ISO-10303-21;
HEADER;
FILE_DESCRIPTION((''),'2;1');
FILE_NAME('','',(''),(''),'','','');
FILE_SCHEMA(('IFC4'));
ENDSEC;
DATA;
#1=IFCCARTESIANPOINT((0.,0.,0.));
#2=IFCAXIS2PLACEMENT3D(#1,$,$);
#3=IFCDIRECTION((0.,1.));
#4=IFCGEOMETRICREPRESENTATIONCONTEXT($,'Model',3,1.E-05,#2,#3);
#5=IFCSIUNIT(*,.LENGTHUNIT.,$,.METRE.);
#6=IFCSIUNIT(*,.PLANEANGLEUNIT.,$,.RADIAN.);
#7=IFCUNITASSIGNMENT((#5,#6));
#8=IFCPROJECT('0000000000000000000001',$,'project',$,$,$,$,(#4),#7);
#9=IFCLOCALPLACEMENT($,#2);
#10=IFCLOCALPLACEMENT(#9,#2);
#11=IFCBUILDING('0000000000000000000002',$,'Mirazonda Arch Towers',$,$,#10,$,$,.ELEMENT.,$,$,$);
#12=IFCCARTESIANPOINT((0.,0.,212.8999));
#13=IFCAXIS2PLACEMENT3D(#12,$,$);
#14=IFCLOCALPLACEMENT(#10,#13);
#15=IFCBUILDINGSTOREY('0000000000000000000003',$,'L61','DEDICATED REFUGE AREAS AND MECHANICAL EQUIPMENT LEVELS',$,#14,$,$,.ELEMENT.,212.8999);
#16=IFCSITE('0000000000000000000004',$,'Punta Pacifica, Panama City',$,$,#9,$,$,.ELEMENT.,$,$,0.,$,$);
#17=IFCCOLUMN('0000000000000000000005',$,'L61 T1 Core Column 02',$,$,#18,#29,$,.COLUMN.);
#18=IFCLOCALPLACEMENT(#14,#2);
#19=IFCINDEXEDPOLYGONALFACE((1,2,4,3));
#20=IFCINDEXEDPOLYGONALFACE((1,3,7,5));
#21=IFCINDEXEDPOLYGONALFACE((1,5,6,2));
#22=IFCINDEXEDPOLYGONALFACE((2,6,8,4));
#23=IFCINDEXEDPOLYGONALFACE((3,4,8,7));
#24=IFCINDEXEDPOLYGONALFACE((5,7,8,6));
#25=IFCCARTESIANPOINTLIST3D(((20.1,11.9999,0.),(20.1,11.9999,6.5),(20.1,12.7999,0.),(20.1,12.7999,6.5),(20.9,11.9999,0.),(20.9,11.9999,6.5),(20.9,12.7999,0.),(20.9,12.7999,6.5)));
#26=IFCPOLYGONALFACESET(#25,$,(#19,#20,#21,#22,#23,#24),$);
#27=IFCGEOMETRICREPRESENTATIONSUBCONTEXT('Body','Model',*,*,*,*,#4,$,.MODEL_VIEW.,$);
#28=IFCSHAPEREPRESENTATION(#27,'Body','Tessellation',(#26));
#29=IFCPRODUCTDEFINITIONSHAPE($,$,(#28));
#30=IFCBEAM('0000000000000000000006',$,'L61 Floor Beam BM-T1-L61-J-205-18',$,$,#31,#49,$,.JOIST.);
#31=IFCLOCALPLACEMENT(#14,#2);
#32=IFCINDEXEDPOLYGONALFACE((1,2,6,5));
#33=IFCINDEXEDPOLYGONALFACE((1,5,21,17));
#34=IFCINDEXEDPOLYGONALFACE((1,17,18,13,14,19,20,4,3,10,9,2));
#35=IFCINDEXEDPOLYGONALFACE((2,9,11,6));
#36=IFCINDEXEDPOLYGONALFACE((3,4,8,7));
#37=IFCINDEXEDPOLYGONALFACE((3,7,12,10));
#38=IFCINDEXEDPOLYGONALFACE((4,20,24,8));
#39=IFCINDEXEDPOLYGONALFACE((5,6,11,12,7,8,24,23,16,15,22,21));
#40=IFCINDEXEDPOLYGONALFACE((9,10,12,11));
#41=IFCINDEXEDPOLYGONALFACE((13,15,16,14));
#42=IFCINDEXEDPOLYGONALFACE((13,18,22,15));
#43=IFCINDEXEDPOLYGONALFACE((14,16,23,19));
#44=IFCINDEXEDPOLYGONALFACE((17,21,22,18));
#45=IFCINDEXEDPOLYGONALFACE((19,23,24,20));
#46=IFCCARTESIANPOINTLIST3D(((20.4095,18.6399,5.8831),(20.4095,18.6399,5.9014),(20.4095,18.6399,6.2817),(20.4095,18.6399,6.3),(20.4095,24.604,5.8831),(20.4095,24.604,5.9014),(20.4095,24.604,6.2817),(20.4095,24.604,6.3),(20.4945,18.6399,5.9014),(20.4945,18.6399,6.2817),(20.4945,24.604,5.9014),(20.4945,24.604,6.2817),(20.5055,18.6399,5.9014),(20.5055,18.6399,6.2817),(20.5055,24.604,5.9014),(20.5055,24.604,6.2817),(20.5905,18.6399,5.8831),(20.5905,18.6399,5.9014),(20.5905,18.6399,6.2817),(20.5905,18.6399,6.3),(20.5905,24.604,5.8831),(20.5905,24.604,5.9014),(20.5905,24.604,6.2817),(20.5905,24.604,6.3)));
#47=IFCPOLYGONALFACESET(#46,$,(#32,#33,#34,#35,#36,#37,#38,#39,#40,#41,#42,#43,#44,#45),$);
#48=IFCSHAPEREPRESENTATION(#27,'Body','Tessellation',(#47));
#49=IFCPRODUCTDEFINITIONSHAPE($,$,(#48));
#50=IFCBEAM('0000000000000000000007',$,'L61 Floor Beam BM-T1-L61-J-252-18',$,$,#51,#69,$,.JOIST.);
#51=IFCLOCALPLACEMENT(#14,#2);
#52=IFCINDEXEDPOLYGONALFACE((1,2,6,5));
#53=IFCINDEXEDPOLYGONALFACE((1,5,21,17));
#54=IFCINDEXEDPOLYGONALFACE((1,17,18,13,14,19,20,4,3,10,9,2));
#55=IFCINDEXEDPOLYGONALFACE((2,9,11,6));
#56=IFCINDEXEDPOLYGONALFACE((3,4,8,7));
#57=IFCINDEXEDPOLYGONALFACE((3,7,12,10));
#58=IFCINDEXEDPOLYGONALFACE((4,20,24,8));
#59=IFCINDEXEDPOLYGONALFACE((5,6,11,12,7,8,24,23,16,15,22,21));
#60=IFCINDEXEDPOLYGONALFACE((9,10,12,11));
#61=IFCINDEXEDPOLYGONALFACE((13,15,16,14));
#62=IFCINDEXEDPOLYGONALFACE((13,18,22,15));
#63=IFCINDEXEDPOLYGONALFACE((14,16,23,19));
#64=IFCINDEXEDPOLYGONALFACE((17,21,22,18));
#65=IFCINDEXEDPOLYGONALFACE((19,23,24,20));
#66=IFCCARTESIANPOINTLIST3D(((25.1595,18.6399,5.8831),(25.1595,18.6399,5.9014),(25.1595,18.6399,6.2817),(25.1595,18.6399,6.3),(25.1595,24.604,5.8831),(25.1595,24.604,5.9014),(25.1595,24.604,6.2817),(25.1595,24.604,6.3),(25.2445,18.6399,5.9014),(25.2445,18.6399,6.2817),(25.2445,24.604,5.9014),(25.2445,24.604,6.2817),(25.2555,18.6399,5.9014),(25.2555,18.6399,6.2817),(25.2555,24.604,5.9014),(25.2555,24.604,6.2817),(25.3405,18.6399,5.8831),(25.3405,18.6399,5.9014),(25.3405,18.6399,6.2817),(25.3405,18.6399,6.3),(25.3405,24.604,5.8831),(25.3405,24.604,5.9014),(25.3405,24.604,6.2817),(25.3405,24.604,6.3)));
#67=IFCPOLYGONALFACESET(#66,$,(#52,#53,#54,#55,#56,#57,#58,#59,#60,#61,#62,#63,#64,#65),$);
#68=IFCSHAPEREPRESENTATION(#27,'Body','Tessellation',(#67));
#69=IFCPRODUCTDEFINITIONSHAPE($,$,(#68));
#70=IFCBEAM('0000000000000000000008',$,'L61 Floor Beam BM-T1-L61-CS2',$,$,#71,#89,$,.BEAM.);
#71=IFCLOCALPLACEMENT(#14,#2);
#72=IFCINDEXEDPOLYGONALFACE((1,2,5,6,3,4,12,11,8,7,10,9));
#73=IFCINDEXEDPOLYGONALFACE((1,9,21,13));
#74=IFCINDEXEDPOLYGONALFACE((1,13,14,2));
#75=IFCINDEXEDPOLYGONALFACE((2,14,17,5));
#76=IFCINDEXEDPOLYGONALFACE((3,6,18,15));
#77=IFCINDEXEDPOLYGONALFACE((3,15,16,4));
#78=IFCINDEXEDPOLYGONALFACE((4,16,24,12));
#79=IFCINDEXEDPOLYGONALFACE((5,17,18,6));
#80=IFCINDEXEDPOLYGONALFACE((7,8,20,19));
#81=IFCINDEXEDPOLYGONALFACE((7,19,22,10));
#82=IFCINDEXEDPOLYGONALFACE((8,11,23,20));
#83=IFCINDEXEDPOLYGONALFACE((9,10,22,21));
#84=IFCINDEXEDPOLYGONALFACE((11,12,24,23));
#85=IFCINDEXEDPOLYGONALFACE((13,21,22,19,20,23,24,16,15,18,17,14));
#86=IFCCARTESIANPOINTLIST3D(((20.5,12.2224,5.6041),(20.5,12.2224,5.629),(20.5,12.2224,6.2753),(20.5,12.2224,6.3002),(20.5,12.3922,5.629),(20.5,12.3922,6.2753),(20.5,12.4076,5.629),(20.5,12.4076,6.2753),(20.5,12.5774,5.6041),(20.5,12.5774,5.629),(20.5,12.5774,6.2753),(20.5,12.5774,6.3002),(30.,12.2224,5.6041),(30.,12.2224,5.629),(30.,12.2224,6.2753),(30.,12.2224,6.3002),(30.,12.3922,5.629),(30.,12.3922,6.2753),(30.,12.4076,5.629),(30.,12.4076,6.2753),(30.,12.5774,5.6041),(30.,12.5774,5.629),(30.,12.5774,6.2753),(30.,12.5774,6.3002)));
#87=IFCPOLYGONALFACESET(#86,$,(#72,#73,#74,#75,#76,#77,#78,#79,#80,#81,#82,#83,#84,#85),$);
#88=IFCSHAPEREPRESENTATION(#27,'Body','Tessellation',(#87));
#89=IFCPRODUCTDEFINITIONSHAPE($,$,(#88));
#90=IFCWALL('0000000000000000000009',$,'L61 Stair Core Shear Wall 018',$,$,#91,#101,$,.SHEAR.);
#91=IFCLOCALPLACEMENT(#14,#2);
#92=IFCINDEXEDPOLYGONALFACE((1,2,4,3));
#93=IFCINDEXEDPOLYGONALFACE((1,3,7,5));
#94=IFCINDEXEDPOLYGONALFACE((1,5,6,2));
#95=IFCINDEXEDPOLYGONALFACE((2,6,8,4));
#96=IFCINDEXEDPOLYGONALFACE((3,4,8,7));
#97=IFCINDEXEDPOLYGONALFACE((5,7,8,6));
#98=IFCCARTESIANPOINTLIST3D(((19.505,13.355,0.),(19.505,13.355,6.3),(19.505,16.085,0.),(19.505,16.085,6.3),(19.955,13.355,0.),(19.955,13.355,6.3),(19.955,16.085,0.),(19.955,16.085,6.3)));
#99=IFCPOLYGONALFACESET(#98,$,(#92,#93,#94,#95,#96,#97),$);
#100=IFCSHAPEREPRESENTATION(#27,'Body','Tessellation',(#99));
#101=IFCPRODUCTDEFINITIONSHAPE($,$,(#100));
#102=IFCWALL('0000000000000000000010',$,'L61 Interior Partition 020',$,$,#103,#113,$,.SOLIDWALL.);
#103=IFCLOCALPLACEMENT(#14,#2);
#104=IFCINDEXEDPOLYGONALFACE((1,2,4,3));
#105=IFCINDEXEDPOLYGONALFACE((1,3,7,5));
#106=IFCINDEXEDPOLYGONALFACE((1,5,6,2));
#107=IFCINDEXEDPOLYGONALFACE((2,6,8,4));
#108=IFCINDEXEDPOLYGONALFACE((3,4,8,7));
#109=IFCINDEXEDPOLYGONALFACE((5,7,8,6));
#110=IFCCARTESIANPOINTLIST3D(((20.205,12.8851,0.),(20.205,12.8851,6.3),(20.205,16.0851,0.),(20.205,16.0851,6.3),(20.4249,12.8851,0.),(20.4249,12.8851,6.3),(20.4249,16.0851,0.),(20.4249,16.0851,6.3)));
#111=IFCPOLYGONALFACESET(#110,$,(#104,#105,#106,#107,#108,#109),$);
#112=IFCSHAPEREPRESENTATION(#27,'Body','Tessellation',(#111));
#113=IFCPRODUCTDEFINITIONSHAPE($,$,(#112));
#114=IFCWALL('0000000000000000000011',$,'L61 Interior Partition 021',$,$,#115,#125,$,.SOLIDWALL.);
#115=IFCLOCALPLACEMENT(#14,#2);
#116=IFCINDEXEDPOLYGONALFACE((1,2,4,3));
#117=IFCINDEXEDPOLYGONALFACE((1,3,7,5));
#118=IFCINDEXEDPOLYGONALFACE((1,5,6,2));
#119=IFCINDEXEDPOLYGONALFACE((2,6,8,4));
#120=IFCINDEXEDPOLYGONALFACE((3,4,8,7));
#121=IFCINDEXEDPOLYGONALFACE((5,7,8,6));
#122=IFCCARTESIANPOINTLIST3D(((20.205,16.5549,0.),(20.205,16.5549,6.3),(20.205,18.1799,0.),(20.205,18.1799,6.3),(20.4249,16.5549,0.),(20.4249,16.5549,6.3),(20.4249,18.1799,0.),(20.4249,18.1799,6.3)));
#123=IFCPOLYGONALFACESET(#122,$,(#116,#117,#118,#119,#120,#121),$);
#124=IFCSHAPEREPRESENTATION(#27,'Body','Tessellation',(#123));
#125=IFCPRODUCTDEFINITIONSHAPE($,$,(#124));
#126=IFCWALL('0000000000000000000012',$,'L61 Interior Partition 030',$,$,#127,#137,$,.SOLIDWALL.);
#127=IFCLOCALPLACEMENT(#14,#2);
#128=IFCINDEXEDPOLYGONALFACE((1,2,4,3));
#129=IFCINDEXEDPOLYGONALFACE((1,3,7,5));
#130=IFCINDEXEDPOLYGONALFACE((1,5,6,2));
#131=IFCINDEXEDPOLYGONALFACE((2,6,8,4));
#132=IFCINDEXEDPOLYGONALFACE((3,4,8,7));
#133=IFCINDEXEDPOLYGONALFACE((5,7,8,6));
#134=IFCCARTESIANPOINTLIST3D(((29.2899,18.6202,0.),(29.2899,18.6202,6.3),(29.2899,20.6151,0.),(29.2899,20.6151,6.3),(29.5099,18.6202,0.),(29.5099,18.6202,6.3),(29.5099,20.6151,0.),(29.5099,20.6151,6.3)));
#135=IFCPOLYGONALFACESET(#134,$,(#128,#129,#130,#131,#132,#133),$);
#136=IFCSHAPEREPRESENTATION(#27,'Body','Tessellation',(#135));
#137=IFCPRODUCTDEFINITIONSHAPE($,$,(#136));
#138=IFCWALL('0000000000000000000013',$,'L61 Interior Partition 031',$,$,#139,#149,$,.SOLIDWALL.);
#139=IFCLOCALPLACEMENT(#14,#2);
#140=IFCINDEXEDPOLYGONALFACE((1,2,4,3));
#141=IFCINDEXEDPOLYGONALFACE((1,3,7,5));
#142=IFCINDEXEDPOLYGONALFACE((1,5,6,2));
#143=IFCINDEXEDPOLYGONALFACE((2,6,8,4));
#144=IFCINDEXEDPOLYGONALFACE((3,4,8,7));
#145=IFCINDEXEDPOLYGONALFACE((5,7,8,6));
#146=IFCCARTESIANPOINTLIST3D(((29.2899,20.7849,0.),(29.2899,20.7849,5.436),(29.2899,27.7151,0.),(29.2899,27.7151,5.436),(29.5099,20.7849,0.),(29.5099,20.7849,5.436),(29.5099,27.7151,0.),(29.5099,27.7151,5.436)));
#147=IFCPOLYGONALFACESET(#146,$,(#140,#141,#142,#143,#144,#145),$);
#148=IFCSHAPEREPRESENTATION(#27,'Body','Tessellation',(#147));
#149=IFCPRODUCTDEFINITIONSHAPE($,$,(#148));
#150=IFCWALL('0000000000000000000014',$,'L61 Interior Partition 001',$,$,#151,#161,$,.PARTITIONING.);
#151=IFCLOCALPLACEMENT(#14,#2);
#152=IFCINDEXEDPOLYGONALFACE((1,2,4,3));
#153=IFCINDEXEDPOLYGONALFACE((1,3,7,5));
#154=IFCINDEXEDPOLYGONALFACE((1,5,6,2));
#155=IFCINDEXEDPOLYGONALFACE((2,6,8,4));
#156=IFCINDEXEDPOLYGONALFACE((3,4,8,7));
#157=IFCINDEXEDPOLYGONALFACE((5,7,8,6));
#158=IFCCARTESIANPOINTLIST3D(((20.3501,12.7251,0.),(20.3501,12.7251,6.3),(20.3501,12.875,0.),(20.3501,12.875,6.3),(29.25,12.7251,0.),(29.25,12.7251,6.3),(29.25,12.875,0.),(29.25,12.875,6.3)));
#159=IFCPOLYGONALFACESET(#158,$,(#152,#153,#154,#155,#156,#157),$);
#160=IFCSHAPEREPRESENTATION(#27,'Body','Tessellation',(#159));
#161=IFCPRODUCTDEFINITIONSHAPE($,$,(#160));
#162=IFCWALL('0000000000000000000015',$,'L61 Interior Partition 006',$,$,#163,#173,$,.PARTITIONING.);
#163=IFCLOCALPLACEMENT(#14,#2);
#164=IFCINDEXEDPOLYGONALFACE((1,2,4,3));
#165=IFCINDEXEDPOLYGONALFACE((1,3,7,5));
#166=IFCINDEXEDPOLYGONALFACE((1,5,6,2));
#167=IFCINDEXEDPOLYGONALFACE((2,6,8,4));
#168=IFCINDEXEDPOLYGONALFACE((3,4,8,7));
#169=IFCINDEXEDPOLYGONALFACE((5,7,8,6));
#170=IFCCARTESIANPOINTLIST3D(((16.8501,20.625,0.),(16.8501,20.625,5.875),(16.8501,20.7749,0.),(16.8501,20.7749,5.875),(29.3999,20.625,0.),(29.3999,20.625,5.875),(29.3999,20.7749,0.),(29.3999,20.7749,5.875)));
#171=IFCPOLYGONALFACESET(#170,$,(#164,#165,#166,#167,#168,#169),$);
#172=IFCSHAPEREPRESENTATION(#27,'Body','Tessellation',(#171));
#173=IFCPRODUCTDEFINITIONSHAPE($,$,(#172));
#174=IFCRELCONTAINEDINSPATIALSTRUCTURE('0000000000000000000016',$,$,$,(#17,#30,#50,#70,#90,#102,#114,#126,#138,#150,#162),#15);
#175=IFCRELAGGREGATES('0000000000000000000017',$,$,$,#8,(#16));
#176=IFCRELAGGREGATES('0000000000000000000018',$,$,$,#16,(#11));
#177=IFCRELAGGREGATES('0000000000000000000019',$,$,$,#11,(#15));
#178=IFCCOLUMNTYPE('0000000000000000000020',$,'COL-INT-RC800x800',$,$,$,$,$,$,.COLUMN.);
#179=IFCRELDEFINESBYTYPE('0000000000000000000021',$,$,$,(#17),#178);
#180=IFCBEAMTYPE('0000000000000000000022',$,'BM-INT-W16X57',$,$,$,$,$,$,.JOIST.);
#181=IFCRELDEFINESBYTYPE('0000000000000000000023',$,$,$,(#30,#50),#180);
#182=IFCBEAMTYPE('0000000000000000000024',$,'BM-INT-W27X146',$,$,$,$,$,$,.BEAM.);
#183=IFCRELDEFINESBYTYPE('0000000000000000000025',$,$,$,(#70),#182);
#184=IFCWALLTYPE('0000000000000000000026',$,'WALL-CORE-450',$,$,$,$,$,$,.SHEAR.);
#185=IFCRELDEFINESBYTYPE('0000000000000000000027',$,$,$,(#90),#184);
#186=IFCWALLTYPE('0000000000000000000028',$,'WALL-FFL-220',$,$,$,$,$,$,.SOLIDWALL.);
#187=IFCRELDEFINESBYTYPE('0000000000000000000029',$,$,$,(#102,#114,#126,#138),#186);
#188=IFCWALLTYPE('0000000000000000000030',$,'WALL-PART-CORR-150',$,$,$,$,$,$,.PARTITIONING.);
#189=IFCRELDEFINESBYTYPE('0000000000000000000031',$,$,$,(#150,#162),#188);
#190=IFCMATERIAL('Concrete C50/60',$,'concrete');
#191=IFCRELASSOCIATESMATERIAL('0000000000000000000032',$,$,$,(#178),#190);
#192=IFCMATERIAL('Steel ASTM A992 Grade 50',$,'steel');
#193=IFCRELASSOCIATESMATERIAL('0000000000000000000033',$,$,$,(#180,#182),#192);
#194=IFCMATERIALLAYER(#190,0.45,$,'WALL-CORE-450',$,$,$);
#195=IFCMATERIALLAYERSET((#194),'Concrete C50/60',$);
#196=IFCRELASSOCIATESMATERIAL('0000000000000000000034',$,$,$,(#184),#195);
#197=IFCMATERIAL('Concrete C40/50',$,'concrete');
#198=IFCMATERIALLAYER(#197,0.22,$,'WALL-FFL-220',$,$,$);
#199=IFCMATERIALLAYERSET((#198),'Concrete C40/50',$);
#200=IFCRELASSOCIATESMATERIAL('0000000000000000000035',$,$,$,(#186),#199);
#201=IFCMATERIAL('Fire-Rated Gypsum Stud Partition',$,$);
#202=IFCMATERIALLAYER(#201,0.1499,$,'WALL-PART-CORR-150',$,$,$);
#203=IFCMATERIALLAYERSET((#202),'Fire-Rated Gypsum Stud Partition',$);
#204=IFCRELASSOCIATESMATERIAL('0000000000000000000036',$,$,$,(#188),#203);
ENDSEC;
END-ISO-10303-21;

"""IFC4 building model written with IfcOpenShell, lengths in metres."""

from ifc_helpers import new_model, si_unit, direction, frame, frame_2d, origin, origin_2d, place, context, subcontext, project, spatial, rectangle, i_section, extrude, material, layer, layer_set, material_profile, profile_set, type_object, element, save


model = new_model("IFC4")

# Units and contexts
model_context = context("Model", 3, precision=1e-05, world=origin(), true_north=direction((0.0, 1.0)))
body_context = subcontext(model_context, "Body", "Model", "MODEL_VIEW")
ifc_project = project(units=[si_unit("LENGTHUNIT", "METRE"), si_unit("PLANEANGLEUNIT", "RADIAN")], contexts=[model_context])

# Site, building, storey
site_placement = place(None, origin())
site = spatial("IfcSite", under=ifc_project, at=site_placement, Name="Punta Pacifica, Panama City", CompositionType="ELEMENT", RefElevation=0.0)
building_placement = place(site_placement, origin())
building = spatial("IfcBuilding", under=site, at=building_placement, Name="Mirazonda Arch Towers", CompositionType="ELEMENT")
storey_placement = place(building_placement, frame((0.0, 0.0, 212.8999)))
storey = spatial("IfcBuildingStorey", under=building, at=storey_placement, Name="L61", Description="DEDICATED REFUGE AREAS AND MECHANICAL EQUIPMENT LEVELS", CompositionType="ELEMENT", Elevation=212.8999)

# Column
ifc_material_1 = material(Name="Concrete C50/60", Category="concrete")
ifc_material_profile_1 = material_profile(ifc_material_1, rectangle(XDim=0.8, YDim=0.8, at=origin_2d()), Name="RC800x800")
ifc_profile_set_1 = profile_set([ifc_material_profile_1], Name="Concrete C50/60")
column_type = type_object("IfcColumnType", Name="COL-INT-RC800x800", PredefinedType="COLUMN", material=ifc_profile_set_1)
column_placement = place(storey_placement, frame((20.5, 12.3999, 0.0), z_axis=(0.0, 0.0, 1.0), x_axis=(1.0, 0.0, 0.0)))
element("IfcColumn", 1, at=column_placement, inside=storey, type_object=column_type, Name="L61 T1 Core Column 02", PredefinedType="COLUMN", context=body_context, shape_type="SweptSolid", body=[
    extrude(rectangle(XDim=0.8, YDim=0.8, at=origin_2d()), origin(), (0.0, 0.0, 1.0), 6.5),
])

# Beams
ifc_material_2 = material(Name="Steel ASTM A992 Grade 50", Category="steel")
ifc_material_profile_2 = material_profile(ifc_material_2, i_section(OverallWidth=0.1809, OverallDepth=0.417, WebThickness=0.011, FlangeThickness=0.0183, at=origin_2d()), Name="W16X57")
ifc_profile_set_2 = profile_set([ifc_material_profile_2], Name="Steel ASTM A992 Grade 50")
beam_type_1 = type_object("IfcBeamType", Name="BM-INT-W16X57", PredefinedType="JOIST", material=ifc_profile_set_2)
for number, where, z_axis, x_axis, name in (
    (2, (20.5, 18.6399, 6.0916), (0.0, 1.0, 0.0), (-1.0, 0.0, 0.0), "L61 Floor Beam BM-T1-L61-J-205-18"),
    (3, (25.25, 18.6399, 6.0916), (0.0, 1.0, 0.0), (-1.0, 0.0, 0.0), "L61 Floor Beam BM-T1-L61-J-252-18"),
):
    element("IfcBeam", number, at=place(storey_placement, frame(where, z_axis=z_axis, x_axis=x_axis)), inside=storey, type_object=beam_type_1, Name=name, PredefinedType="JOIST", context=body_context, shape_type="SweptSolid", body=[
        extrude(i_section(OverallWidth=0.1809, OverallDepth=0.417, WebThickness=0.011, FlangeThickness=0.0183, at=origin_2d()), origin(), (0.0, 0.0, 1.0), 5.9641),
    ])
ifc_material_profile_3 = material_profile(ifc_material_2, i_section(OverallWidth=0.355, OverallDepth=0.696, WebThickness=0.0154, FlangeThickness=0.0249, at=origin_2d()), Name="W27X146")
ifc_profile_set_3 = profile_set([ifc_material_profile_3], Name="Steel ASTM A992 Grade 50")
beam_type_2 = type_object("IfcBeamType", Name="BM-INT-W27X146", PredefinedType="BEAM", material=ifc_profile_set_3)
beam_placement = place(storey_placement, frame((20.5, 12.3999, 5.9521), z_axis=(1.0, 0.0, 0.0), x_axis=(0.0, 1.0, 0.0)))
element("IfcBeam", 4, at=beam_placement, inside=storey, type_object=beam_type_2, Name="L61 Floor Beam BM-T1-L61-CS2", PredefinedType="BEAM", context=body_context, shape_type="SweptSolid", body=[
    extrude(i_section(OverallWidth=0.355, OverallDepth=0.696, WebThickness=0.0154, FlangeThickness=0.0249, at=origin_2d()), origin(), (0.0, 0.0, 1.0), 9.5),
])

# Walls
ifc_layer_1 = layer(ifc_material_1, 0.45, Name="WALL-CORE-450")
ifc_layer_set_1 = layer_set([ifc_layer_1], Name="Concrete C50/60")
wall_type_1 = type_object("IfcWallType", Name="WALL-CORE-450", PredefinedType="SHEAR", material=ifc_layer_set_1)
wall_1_placement = place(storey_placement, frame((19.73, 13.355, 0.0), z_axis=(0.0, 0.0, 1.0), x_axis=(0.0, 1.0, 0.0)))
element("IfcWall", 5, at=wall_1_placement, inside=storey, type_object=wall_type_1, Name="L61 Stair Core Shear Wall 018", PredefinedType="SHEAR", context=body_context, shape_type="SweptSolid", body=[
    extrude(rectangle(XDim=2.73, YDim=0.45, at=frame_2d((1.365, 0.0))), origin(), (0.0, 0.0, 1.0), 6.3),
])
ifc_material_3 = material(Name="Concrete C40/50", Category="concrete")
ifc_layer_2 = layer(ifc_material_3, 0.22, Name="WALL-FFL-220")
ifc_layer_set_2 = layer_set([ifc_layer_2], Name="Concrete C40/50")
wall_type_2 = type_object("IfcWallType", Name="WALL-FFL-220", PredefinedType="SOLIDWALL", material=ifc_layer_set_2)
wall_2_placement = place(storey_placement, frame((20.3149, 12.885, 0.0), z_axis=(0.0, 0.0, 1.0), x_axis=(0.0, 1.0, 0.0)))
element("IfcWall", 6, at=wall_2_placement, inside=storey, type_object=wall_type_2, Name="L61 Interior Partition 020", PredefinedType="SOLIDWALL", context=body_context, shape_type="SweptSolid", body=[
    extrude(rectangle(XDim=3.2, YDim=0.22, at=frame_2d((1.6001, 0.0))), origin(), (0.0, 0.0, 1.0), 6.3),
])
wall_3_placement = place(storey_placement, frame((20.3149, 16.5549, 0.0), z_axis=(0.0, 0.0, 1.0), x_axis=(0.0, 1.0, 0.0)))
element("IfcWall", 7, at=wall_3_placement, inside=storey, type_object=wall_type_2, Name="L61 Interior Partition 021", PredefinedType="SOLIDWALL", context=body_context, shape_type="SweptSolid", body=[
    extrude(rectangle(XDim=1.625, YDim=0.22, at=frame_2d((0.8125, 0.0))), origin(), (0.0, 0.0, 1.0), 6.3),
])
wall_4_placement = place(storey_placement, frame((29.3999, 18.6201, 0.0), z_axis=(0.0, 0.0, 1.0), x_axis=(0.0, 1.0, 0.0)))
element("IfcWall", 8, at=wall_4_placement, inside=storey, type_object=wall_type_2, Name="L61 Interior Partition 030", PredefinedType="SOLIDWALL", context=body_context, shape_type="SweptSolid", body=[
    extrude(rectangle(XDim=1.9949, YDim=0.22, at=frame_2d((0.9976, 0.0))), origin(), (0.0, 0.0, 1.0), 6.3),
])
wall_5_placement = place(storey_placement, frame((29.3999, 20.7849, 0.0), z_axis=(0.0, 0.0, 1.0), x_axis=(0.0, 1.0, 0.0)))
element("IfcWall", 9, at=wall_5_placement, inside=storey, type_object=wall_type_2, Name="L61 Interior Partition 031", PredefinedType="SOLIDWALL", context=body_context, shape_type="SweptSolid", body=[
    extrude(rectangle(XDim=6.9302, YDim=0.22, at=frame_2d((3.4651, 0.0))), origin(), (0.0, 0.0, 1.0), 5.436),
])
ifc_material_4 = material(Name="Fire-Rated Gypsum Stud Partition")
ifc_layer_3 = layer(ifc_material_4, 0.1499, Name="WALL-PART-CORR-150")
ifc_layer_set_3 = layer_set([ifc_layer_3], Name="Fire-Rated Gypsum Stud Partition")
wall_type_3 = type_object("IfcWallType", Name="WALL-PART-CORR-150", PredefinedType="PARTITIONING", material=ifc_layer_set_3)
wall_6_placement = place(storey_placement, frame((20.3501, 12.8, 0.0), z_axis=(0.0, 0.0, 1.0), x_axis=(1.0, 0.0, 0.0)))
element("IfcWall", 10, at=wall_6_placement, inside=storey, type_object=wall_type_3, Name="L61 Interior Partition 001", PredefinedType="PARTITIONING", context=body_context, shape_type="SweptSolid", body=[
    extrude(rectangle(XDim=8.8999, YDim=0.1499, at=frame_2d((4.45, 0.0))), origin(), (0.0, 0.0, 1.0), 6.3),
])
wall_7_placement = place(storey_placement, frame((16.8501, 20.7, 0.0), z_axis=(0.0, 0.0, 1.0), x_axis=(1.0, 0.0, 0.0)))
element("IfcWall", 11, at=wall_7_placement, inside=storey, type_object=wall_type_3, Name="L61 Interior Partition 006", PredefinedType="PARTITIONING", context=body_context, shape_type="SweptSolid", body=[
    extrude(rectangle(XDim=12.5498, YDim=0.1499, at=frame_2d((6.2749, 0.0))), origin(), (0.0, 0.0, 1.0), 5.875),
])

save(model, "model.ifc")
